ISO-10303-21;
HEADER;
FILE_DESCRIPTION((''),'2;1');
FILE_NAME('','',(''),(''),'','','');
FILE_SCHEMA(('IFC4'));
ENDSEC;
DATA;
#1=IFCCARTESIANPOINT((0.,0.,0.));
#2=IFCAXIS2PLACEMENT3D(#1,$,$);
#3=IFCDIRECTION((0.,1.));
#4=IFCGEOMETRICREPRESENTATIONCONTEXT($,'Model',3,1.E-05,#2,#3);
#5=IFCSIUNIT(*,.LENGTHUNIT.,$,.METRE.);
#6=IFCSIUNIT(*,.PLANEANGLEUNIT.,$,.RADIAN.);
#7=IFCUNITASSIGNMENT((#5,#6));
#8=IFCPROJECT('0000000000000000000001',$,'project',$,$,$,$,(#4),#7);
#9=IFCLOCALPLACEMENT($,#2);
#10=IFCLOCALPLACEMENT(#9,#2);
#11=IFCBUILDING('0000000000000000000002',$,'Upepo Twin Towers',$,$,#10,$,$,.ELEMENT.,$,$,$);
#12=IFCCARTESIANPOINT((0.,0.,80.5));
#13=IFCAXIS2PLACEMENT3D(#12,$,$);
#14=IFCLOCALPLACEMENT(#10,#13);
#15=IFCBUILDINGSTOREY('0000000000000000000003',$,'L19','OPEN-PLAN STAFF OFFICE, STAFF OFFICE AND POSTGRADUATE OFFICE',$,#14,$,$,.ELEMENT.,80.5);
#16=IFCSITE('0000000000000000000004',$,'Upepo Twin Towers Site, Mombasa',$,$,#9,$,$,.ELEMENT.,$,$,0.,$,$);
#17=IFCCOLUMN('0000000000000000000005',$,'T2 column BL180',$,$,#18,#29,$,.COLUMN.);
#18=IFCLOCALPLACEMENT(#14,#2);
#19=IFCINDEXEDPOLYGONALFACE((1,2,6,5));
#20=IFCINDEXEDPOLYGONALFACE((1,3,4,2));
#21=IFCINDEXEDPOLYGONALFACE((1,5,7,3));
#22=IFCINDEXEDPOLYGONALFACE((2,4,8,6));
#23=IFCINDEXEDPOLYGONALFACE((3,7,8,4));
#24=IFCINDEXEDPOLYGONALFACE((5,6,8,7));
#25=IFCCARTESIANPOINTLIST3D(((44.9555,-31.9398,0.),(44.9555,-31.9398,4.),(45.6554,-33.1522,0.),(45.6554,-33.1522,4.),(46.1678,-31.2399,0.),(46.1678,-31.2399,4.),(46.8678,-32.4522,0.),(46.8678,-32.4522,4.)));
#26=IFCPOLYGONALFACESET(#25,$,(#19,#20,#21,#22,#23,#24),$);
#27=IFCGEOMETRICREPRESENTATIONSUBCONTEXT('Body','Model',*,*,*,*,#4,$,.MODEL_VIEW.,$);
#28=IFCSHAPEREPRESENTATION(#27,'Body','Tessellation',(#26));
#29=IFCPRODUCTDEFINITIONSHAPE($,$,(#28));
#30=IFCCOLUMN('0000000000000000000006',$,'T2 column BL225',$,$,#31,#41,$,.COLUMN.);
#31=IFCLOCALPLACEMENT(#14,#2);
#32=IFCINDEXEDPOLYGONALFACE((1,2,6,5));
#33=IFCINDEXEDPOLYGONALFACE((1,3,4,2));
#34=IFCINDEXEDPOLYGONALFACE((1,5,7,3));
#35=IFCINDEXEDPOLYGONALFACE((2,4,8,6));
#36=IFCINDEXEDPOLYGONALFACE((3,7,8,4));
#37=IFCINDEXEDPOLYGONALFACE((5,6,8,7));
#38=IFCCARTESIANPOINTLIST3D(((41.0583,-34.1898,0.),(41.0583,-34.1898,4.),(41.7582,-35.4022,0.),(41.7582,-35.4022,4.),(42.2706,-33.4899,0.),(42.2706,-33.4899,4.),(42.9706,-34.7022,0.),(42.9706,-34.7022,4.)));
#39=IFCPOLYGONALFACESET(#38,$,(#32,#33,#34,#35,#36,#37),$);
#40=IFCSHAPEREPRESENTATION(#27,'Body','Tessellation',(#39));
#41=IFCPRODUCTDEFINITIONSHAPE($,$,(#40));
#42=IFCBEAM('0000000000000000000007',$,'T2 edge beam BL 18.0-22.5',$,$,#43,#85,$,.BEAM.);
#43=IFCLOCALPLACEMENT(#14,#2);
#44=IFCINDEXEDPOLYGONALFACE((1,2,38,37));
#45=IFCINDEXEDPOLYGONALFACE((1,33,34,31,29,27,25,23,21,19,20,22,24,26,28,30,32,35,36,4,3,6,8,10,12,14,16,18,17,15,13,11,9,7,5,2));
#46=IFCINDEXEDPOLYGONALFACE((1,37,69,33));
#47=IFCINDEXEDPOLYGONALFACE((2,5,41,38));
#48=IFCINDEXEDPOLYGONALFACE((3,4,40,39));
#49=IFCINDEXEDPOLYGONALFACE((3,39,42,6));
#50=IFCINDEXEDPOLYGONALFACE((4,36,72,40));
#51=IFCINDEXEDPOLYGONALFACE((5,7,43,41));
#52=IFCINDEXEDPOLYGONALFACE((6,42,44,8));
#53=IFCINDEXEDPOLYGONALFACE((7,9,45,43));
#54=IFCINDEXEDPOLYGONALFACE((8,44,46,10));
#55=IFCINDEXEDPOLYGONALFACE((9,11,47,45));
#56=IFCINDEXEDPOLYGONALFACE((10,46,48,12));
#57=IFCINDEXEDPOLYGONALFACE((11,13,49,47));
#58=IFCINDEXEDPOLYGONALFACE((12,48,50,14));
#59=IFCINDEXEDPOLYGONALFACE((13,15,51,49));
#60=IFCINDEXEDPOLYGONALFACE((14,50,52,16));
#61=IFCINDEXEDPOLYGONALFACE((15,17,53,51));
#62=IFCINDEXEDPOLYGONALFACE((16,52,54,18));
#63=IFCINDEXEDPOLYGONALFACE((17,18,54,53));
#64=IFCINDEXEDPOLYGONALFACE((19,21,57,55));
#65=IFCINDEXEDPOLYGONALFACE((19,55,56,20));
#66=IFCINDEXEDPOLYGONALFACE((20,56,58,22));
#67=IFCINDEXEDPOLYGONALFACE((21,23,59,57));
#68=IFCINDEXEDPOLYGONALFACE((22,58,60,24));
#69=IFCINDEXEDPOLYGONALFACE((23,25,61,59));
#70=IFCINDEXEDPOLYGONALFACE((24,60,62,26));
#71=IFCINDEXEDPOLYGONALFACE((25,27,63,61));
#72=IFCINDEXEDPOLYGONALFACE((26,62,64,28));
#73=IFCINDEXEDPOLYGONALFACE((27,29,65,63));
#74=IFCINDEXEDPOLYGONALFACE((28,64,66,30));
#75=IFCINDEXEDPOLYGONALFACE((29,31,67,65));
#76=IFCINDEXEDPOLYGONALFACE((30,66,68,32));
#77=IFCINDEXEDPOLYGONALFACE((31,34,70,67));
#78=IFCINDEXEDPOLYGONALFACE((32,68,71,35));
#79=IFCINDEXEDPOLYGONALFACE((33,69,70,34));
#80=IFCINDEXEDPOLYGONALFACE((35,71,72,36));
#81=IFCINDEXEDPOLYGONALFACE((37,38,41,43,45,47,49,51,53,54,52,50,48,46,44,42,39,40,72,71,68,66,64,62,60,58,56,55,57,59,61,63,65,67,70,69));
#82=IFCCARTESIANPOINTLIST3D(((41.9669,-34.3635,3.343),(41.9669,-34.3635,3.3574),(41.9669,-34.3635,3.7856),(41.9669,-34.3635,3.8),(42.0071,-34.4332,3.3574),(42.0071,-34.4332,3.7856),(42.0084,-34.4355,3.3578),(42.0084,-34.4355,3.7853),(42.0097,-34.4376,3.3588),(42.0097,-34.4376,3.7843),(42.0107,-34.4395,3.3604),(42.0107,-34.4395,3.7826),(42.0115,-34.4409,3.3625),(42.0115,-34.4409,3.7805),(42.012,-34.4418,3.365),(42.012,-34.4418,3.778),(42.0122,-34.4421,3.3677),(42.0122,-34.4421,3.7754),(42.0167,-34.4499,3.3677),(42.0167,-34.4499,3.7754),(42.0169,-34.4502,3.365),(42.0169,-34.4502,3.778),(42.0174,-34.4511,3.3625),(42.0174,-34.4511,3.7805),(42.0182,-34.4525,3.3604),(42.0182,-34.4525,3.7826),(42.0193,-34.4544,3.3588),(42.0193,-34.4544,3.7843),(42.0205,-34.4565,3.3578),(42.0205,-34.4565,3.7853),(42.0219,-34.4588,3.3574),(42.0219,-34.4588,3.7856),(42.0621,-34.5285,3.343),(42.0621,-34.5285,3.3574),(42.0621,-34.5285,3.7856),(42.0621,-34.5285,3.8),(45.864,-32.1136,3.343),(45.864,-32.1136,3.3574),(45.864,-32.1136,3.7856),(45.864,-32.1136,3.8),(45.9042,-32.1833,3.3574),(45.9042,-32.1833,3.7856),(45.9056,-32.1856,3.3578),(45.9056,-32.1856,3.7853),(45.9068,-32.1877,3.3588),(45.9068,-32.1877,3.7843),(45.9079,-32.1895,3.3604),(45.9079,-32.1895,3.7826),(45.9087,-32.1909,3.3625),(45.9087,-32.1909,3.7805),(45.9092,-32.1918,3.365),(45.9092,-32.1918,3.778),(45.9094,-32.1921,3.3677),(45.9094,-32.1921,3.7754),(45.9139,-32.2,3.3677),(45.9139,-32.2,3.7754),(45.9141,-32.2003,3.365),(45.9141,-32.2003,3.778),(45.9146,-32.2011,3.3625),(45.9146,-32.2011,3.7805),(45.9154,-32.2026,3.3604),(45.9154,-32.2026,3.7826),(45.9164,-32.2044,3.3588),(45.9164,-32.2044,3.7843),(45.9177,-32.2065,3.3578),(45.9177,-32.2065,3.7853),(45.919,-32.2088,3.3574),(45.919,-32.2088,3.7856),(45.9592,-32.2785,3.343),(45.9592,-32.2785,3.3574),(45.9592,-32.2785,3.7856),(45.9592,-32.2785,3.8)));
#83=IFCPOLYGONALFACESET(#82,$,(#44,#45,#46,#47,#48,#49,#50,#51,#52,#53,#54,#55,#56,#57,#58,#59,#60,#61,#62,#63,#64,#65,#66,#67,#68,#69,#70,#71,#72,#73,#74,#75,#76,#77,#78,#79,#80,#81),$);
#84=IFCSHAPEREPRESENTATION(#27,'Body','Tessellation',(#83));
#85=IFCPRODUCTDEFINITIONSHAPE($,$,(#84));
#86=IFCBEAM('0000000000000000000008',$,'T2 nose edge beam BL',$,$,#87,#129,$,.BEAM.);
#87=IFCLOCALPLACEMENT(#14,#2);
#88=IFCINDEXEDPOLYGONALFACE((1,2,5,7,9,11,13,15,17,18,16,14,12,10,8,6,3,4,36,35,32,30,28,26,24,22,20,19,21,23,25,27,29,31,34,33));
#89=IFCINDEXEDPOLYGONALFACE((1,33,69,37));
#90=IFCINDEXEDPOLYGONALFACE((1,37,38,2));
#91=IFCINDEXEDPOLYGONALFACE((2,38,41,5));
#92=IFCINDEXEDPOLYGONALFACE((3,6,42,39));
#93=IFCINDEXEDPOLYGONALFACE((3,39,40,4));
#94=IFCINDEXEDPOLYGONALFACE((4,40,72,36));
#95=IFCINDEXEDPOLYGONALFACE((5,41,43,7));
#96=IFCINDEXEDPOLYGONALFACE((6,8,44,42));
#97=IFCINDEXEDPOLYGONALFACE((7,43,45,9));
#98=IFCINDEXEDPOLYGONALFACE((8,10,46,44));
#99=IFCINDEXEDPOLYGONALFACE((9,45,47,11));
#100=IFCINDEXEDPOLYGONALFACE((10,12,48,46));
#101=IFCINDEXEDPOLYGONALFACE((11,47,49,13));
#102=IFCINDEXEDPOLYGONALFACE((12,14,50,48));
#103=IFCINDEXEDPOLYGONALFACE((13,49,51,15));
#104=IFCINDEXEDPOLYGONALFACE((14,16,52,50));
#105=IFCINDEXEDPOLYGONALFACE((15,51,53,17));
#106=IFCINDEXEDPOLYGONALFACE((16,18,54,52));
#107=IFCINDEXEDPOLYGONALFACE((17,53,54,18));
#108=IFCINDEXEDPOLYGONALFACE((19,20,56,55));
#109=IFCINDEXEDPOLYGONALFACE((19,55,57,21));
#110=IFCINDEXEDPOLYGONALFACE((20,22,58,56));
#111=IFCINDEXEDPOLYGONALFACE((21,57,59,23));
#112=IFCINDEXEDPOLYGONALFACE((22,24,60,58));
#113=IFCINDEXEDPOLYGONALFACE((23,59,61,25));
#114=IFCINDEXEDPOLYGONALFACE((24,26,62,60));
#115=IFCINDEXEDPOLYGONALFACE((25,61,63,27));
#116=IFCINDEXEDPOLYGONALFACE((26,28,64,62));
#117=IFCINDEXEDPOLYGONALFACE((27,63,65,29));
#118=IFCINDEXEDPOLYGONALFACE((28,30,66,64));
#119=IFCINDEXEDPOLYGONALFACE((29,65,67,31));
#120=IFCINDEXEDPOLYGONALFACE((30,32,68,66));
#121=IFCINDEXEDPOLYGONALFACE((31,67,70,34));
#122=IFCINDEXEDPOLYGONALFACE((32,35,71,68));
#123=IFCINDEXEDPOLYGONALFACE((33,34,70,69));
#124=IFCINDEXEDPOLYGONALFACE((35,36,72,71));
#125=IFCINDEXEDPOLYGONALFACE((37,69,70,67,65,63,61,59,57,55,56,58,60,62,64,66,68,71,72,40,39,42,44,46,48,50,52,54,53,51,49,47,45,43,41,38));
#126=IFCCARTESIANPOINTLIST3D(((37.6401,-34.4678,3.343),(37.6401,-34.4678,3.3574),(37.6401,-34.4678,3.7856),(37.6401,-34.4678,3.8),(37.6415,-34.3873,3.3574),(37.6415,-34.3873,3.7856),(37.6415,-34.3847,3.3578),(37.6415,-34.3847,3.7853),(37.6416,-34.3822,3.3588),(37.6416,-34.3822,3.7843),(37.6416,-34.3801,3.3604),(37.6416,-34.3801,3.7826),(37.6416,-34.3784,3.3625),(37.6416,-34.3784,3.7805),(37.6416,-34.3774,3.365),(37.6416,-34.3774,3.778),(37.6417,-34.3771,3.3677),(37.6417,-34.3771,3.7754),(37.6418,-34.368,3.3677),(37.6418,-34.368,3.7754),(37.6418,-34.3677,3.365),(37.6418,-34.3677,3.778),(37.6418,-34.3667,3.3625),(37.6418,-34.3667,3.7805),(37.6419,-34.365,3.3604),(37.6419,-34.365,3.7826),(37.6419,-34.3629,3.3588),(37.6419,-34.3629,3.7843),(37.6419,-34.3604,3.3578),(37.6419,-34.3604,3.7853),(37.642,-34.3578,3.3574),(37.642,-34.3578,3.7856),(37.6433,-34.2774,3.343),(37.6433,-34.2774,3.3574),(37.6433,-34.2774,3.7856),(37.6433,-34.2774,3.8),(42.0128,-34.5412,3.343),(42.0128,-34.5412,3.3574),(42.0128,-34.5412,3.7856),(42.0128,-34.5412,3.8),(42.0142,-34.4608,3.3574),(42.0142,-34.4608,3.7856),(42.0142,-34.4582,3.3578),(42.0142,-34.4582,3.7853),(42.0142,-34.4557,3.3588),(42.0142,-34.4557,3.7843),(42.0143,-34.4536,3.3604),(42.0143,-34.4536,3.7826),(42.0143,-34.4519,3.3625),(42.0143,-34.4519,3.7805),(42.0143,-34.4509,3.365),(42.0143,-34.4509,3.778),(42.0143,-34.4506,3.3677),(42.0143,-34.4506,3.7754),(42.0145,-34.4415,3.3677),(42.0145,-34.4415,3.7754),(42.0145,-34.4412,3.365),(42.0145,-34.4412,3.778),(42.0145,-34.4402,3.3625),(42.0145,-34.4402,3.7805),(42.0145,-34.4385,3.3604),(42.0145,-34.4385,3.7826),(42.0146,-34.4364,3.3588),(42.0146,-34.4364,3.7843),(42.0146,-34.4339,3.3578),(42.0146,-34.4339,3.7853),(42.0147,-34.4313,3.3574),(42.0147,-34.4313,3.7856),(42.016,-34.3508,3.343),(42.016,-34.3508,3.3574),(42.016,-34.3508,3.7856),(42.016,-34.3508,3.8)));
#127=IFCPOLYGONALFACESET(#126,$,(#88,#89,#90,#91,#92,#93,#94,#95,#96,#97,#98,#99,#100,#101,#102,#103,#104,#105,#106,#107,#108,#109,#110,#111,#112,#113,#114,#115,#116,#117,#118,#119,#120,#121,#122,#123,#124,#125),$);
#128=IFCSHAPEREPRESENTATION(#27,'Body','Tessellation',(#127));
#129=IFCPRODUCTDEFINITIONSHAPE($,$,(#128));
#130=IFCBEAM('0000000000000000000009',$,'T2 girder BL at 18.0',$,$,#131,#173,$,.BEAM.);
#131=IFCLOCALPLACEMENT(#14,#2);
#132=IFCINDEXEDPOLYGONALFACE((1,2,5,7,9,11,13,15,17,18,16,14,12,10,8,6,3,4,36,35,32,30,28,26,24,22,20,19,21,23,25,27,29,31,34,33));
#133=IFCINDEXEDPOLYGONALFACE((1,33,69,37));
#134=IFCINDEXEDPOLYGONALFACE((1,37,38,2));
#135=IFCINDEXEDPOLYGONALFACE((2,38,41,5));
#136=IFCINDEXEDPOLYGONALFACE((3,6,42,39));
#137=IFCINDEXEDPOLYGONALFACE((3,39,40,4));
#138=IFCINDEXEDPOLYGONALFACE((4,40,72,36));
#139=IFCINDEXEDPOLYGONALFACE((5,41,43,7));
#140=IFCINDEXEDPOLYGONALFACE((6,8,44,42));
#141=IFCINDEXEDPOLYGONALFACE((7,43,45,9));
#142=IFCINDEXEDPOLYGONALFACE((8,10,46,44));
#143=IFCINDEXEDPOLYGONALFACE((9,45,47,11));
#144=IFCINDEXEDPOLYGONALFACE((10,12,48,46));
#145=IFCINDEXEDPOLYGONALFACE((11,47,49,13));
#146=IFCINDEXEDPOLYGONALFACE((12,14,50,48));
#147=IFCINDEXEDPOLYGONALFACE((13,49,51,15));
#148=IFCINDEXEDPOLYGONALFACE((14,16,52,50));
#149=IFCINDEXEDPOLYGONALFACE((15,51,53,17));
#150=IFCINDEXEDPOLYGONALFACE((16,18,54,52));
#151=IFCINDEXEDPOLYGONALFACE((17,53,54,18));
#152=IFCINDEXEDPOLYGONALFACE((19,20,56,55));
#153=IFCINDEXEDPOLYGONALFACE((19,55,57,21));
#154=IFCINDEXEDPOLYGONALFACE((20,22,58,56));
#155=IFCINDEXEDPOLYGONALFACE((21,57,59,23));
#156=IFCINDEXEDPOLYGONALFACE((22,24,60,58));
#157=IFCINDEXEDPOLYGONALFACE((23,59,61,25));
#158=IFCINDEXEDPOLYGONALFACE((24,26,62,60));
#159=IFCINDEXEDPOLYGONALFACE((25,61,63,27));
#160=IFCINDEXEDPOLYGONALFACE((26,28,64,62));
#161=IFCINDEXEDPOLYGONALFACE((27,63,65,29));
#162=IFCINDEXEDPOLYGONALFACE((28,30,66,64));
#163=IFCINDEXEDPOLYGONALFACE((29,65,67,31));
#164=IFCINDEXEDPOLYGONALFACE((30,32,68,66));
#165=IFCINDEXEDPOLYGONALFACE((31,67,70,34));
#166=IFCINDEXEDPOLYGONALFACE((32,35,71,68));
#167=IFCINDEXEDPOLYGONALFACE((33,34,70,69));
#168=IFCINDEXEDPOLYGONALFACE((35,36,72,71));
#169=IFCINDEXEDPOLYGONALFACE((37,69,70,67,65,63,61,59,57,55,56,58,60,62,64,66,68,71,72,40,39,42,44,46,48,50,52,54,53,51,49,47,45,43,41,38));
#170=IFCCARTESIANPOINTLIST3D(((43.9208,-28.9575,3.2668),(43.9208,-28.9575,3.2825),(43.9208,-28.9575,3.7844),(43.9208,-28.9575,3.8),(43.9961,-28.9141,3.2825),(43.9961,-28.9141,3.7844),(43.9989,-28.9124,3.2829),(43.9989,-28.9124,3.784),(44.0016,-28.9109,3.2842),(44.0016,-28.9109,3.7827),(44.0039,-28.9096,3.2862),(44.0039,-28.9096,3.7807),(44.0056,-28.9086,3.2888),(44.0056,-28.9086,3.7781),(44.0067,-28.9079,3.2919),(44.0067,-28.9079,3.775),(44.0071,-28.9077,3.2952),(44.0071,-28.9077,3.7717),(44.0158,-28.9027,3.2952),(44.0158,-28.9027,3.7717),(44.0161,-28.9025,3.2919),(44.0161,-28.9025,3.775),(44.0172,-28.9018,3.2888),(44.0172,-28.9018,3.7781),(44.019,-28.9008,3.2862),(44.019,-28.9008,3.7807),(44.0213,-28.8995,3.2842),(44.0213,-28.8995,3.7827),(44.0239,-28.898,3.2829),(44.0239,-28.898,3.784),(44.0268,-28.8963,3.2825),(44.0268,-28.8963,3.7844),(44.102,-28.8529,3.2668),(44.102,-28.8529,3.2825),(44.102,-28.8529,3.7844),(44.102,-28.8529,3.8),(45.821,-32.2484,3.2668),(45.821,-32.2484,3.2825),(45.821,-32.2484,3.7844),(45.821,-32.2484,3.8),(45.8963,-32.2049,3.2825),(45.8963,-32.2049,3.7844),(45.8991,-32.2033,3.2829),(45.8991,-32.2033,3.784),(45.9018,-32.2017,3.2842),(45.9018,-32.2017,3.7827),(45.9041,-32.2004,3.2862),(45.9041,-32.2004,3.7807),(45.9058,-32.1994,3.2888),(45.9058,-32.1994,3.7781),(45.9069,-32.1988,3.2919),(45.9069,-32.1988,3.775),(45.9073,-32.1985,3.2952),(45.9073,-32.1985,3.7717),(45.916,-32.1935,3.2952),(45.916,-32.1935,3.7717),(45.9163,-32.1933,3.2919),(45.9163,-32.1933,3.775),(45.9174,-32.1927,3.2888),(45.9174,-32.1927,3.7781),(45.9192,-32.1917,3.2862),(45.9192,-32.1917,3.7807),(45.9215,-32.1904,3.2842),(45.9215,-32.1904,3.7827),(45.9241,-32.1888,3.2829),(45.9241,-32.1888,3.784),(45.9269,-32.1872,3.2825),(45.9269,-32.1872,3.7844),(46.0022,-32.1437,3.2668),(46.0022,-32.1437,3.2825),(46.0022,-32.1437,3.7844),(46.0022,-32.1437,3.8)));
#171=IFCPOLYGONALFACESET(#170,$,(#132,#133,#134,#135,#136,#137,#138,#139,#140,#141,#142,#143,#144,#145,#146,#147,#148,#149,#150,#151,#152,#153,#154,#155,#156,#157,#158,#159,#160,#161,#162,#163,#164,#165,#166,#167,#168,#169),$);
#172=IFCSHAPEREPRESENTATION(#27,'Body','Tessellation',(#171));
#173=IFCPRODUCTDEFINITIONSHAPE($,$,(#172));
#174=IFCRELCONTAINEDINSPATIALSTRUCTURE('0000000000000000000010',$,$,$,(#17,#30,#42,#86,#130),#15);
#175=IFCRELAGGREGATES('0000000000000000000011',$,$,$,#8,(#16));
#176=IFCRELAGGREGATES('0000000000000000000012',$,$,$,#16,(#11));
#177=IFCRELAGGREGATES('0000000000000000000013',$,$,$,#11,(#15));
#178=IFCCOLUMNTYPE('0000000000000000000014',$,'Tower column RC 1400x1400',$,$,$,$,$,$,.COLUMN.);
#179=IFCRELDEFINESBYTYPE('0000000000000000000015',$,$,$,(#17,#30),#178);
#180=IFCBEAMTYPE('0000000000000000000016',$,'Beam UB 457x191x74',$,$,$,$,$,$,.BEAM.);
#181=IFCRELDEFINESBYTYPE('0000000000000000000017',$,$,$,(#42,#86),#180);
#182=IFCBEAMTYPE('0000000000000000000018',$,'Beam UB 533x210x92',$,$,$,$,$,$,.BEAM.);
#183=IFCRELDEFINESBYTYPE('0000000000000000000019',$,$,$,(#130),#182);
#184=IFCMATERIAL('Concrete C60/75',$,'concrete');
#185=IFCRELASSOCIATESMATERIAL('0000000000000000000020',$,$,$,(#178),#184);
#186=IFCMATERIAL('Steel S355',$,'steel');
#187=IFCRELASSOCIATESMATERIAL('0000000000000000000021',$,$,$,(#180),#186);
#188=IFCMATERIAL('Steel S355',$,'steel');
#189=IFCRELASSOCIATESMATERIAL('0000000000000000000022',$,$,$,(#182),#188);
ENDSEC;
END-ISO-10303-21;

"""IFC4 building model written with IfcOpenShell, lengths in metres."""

from ifc_helpers import new_model, si_unit, direction, frame, origin, origin_2d, place, context, subcontext, project, spatial, rectangle, i_section, extrude, material, material_profile, profile_set, type_object, element, save


model = new_model("IFC4")

# Units and contexts
model_context = context("Model", 3, precision=1e-05, world=origin(), true_north=direction((0.0, 1.0)))
body_context = subcontext(model_context, "Body", "Model", "MODEL_VIEW")
ifc_project = project(units=[si_unit("LENGTHUNIT", "METRE"), si_unit("PLANEANGLEUNIT", "RADIAN")], contexts=[model_context])

# Site, building, storey
site_placement = place(None, origin())
site = spatial("IfcSite", under=ifc_project, at=site_placement, Name="Upepo Twin Towers Site, Mombasa", CompositionType="ELEMENT", RefElevation=0.0)
building_placement = place(site_placement, origin())
building = spatial("IfcBuilding", under=site, at=building_placement, Name="Upepo Twin Towers", CompositionType="ELEMENT")
storey_placement = place(building_placement, frame((0.0, 0.0, 80.5)))
storey = spatial("IfcBuildingStorey", under=building, at=storey_placement, Name="L19", Description="OPEN-PLAN STAFF OFFICE, STAFF OFFICE AND POSTGRADUATE OFFICE", CompositionType="ELEMENT", Elevation=80.5)

# Columns
ifc_material_1 = material(Name="Concrete C60/75", Category="concrete")
ifc_material_profile_1 = material_profile(ifc_material_1, rectangle(XDim=1.3999, YDim=1.3999, at=origin_2d()), Name="RC 1400x1400")
ifc_profile_set_1 = profile_set([ifc_material_profile_1], Name="Concrete C60/75")
column_type = type_object("IfcColumnType", Name="Tower column RC 1400x1400", PredefinedType="COLUMN", material=ifc_profile_set_1)
for number, where, z_axis, x_axis, name in (
    (1, (45.9116, -32.196, 0.0), (0.0, 0.0, 1.0), (0.866025, 0.5, 0.0), "T2 column BL180"),
    (2, (42.0144, -34.446, 0.0), (0.0, 0.0, 1.0), (0.866025, 0.5, 0.0), "T2 column BL225"),
):
    element("IfcColumn", number, at=place(storey_placement, frame(where, z_axis=z_axis, x_axis=x_axis)), inside=storey, type_object=column_type, Name=name, PredefinedType="COLUMN", context=body_context, shape_type="SweptSolid", body=[
        extrude(rectangle(XDim=1.3999, YDim=1.3999, at=origin_2d()), origin(), (0.0, 0.0, 1.0), 4.0),
    ])

# Beams
ifc_material_2 = material(Name="Steel S355", Category="steel")
ifc_material_profile_2 = material_profile(ifc_material_2, i_section(OverallWidth=0.1904, OverallDepth=0.457, WebThickness=0.009, FlangeThickness=0.0144, FilletRadius=0.0103, at=origin_2d()), Name="UB 457x191x74")
ifc_profile_set_2 = profile_set([ifc_material_profile_2], Name="Steel S355")
beam_type_1 = type_object("IfcBeamType", Name="Beam UB 457x191x74", PredefinedType="BEAM", material=ifc_profile_set_2)
beam_1_placement = place(storey_placement, frame((45.9116, -32.196, 3.5715), z_axis=(-0.866031, -0.49999, 0.0), x_axis=(0.49999, -0.866031, 0.0)))
element("IfcBeam", 3, at=beam_1_placement, inside=storey, type_object=beam_type_1, Name="T2 edge beam BL 18.0-22.5", PredefinedType="BEAM", context=body_context, shape_type="SweptSolid", body=[
    extrude(i_section(OverallWidth=0.1904, OverallDepth=0.457, WebThickness=0.009, FlangeThickness=0.0144, FilletRadius=0.0103, at=origin_2d()), origin(), (0.0, 0.0, 1.0), 4.5),
])
beam_2_placement = place(storey_placement, frame((42.0144, -34.446, 3.5715), z_axis=(-0.999859, 0.016804, 0.0), x_axis=(-0.016804, -0.999859, 0.0)))
element("IfcBeam", 4, at=beam_2_placement, inside=storey, type_object=beam_type_1, Name="T2 nose edge beam BL", PredefinedType="BEAM", context=body_context, shape_type="SweptSolid", body=[
    extrude(i_section(OverallWidth=0.1904, OverallDepth=0.457, WebThickness=0.009, FlangeThickness=0.0144, FilletRadius=0.0103, at=origin_2d()), origin(), (0.0, 0.0, 1.0), 4.3733),
])
ifc_material_3 = material(Name="Steel S355", Category="steel")
ifc_material_profile_3 = material_profile(ifc_material_3, i_section(OverallWidth=0.2092, OverallDepth=0.5332, WebThickness=0.01, FlangeThickness=0.0156, FilletRadius=0.0127, at=origin_2d()), Name="UB 533x210x92")
ifc_profile_set_3 = profile_set([ifc_material_profile_3], Name="Steel S355")
beam_type_2 = type_object("IfcBeamType", Name="Beam UB 533x210x92", PredefinedType="BEAM", material=ifc_profile_set_3)
beam_3_placement = place(storey_placement, frame((45.9116, -32.196, 3.5334), z_axis=(-0.500043, 0.866, 0.0), x_axis=(-0.866, -0.500043, 0.0)))
element("IfcBeam", 5, at=beam_3_placement, inside=storey, type_object=beam_type_2, Name="T2 girder BL at 18.0", PredefinedType="BEAM", context=body_context, shape_type="SweptSolid", body=[
    extrude(i_section(OverallWidth=0.2092, OverallDepth=0.5332, WebThickness=0.01, FlangeThickness=0.0156, FilletRadius=0.0127, at=origin_2d()), origin(), (0.0, 0.0, 1.0), 3.8),
])

save(model, "model.ifc")
